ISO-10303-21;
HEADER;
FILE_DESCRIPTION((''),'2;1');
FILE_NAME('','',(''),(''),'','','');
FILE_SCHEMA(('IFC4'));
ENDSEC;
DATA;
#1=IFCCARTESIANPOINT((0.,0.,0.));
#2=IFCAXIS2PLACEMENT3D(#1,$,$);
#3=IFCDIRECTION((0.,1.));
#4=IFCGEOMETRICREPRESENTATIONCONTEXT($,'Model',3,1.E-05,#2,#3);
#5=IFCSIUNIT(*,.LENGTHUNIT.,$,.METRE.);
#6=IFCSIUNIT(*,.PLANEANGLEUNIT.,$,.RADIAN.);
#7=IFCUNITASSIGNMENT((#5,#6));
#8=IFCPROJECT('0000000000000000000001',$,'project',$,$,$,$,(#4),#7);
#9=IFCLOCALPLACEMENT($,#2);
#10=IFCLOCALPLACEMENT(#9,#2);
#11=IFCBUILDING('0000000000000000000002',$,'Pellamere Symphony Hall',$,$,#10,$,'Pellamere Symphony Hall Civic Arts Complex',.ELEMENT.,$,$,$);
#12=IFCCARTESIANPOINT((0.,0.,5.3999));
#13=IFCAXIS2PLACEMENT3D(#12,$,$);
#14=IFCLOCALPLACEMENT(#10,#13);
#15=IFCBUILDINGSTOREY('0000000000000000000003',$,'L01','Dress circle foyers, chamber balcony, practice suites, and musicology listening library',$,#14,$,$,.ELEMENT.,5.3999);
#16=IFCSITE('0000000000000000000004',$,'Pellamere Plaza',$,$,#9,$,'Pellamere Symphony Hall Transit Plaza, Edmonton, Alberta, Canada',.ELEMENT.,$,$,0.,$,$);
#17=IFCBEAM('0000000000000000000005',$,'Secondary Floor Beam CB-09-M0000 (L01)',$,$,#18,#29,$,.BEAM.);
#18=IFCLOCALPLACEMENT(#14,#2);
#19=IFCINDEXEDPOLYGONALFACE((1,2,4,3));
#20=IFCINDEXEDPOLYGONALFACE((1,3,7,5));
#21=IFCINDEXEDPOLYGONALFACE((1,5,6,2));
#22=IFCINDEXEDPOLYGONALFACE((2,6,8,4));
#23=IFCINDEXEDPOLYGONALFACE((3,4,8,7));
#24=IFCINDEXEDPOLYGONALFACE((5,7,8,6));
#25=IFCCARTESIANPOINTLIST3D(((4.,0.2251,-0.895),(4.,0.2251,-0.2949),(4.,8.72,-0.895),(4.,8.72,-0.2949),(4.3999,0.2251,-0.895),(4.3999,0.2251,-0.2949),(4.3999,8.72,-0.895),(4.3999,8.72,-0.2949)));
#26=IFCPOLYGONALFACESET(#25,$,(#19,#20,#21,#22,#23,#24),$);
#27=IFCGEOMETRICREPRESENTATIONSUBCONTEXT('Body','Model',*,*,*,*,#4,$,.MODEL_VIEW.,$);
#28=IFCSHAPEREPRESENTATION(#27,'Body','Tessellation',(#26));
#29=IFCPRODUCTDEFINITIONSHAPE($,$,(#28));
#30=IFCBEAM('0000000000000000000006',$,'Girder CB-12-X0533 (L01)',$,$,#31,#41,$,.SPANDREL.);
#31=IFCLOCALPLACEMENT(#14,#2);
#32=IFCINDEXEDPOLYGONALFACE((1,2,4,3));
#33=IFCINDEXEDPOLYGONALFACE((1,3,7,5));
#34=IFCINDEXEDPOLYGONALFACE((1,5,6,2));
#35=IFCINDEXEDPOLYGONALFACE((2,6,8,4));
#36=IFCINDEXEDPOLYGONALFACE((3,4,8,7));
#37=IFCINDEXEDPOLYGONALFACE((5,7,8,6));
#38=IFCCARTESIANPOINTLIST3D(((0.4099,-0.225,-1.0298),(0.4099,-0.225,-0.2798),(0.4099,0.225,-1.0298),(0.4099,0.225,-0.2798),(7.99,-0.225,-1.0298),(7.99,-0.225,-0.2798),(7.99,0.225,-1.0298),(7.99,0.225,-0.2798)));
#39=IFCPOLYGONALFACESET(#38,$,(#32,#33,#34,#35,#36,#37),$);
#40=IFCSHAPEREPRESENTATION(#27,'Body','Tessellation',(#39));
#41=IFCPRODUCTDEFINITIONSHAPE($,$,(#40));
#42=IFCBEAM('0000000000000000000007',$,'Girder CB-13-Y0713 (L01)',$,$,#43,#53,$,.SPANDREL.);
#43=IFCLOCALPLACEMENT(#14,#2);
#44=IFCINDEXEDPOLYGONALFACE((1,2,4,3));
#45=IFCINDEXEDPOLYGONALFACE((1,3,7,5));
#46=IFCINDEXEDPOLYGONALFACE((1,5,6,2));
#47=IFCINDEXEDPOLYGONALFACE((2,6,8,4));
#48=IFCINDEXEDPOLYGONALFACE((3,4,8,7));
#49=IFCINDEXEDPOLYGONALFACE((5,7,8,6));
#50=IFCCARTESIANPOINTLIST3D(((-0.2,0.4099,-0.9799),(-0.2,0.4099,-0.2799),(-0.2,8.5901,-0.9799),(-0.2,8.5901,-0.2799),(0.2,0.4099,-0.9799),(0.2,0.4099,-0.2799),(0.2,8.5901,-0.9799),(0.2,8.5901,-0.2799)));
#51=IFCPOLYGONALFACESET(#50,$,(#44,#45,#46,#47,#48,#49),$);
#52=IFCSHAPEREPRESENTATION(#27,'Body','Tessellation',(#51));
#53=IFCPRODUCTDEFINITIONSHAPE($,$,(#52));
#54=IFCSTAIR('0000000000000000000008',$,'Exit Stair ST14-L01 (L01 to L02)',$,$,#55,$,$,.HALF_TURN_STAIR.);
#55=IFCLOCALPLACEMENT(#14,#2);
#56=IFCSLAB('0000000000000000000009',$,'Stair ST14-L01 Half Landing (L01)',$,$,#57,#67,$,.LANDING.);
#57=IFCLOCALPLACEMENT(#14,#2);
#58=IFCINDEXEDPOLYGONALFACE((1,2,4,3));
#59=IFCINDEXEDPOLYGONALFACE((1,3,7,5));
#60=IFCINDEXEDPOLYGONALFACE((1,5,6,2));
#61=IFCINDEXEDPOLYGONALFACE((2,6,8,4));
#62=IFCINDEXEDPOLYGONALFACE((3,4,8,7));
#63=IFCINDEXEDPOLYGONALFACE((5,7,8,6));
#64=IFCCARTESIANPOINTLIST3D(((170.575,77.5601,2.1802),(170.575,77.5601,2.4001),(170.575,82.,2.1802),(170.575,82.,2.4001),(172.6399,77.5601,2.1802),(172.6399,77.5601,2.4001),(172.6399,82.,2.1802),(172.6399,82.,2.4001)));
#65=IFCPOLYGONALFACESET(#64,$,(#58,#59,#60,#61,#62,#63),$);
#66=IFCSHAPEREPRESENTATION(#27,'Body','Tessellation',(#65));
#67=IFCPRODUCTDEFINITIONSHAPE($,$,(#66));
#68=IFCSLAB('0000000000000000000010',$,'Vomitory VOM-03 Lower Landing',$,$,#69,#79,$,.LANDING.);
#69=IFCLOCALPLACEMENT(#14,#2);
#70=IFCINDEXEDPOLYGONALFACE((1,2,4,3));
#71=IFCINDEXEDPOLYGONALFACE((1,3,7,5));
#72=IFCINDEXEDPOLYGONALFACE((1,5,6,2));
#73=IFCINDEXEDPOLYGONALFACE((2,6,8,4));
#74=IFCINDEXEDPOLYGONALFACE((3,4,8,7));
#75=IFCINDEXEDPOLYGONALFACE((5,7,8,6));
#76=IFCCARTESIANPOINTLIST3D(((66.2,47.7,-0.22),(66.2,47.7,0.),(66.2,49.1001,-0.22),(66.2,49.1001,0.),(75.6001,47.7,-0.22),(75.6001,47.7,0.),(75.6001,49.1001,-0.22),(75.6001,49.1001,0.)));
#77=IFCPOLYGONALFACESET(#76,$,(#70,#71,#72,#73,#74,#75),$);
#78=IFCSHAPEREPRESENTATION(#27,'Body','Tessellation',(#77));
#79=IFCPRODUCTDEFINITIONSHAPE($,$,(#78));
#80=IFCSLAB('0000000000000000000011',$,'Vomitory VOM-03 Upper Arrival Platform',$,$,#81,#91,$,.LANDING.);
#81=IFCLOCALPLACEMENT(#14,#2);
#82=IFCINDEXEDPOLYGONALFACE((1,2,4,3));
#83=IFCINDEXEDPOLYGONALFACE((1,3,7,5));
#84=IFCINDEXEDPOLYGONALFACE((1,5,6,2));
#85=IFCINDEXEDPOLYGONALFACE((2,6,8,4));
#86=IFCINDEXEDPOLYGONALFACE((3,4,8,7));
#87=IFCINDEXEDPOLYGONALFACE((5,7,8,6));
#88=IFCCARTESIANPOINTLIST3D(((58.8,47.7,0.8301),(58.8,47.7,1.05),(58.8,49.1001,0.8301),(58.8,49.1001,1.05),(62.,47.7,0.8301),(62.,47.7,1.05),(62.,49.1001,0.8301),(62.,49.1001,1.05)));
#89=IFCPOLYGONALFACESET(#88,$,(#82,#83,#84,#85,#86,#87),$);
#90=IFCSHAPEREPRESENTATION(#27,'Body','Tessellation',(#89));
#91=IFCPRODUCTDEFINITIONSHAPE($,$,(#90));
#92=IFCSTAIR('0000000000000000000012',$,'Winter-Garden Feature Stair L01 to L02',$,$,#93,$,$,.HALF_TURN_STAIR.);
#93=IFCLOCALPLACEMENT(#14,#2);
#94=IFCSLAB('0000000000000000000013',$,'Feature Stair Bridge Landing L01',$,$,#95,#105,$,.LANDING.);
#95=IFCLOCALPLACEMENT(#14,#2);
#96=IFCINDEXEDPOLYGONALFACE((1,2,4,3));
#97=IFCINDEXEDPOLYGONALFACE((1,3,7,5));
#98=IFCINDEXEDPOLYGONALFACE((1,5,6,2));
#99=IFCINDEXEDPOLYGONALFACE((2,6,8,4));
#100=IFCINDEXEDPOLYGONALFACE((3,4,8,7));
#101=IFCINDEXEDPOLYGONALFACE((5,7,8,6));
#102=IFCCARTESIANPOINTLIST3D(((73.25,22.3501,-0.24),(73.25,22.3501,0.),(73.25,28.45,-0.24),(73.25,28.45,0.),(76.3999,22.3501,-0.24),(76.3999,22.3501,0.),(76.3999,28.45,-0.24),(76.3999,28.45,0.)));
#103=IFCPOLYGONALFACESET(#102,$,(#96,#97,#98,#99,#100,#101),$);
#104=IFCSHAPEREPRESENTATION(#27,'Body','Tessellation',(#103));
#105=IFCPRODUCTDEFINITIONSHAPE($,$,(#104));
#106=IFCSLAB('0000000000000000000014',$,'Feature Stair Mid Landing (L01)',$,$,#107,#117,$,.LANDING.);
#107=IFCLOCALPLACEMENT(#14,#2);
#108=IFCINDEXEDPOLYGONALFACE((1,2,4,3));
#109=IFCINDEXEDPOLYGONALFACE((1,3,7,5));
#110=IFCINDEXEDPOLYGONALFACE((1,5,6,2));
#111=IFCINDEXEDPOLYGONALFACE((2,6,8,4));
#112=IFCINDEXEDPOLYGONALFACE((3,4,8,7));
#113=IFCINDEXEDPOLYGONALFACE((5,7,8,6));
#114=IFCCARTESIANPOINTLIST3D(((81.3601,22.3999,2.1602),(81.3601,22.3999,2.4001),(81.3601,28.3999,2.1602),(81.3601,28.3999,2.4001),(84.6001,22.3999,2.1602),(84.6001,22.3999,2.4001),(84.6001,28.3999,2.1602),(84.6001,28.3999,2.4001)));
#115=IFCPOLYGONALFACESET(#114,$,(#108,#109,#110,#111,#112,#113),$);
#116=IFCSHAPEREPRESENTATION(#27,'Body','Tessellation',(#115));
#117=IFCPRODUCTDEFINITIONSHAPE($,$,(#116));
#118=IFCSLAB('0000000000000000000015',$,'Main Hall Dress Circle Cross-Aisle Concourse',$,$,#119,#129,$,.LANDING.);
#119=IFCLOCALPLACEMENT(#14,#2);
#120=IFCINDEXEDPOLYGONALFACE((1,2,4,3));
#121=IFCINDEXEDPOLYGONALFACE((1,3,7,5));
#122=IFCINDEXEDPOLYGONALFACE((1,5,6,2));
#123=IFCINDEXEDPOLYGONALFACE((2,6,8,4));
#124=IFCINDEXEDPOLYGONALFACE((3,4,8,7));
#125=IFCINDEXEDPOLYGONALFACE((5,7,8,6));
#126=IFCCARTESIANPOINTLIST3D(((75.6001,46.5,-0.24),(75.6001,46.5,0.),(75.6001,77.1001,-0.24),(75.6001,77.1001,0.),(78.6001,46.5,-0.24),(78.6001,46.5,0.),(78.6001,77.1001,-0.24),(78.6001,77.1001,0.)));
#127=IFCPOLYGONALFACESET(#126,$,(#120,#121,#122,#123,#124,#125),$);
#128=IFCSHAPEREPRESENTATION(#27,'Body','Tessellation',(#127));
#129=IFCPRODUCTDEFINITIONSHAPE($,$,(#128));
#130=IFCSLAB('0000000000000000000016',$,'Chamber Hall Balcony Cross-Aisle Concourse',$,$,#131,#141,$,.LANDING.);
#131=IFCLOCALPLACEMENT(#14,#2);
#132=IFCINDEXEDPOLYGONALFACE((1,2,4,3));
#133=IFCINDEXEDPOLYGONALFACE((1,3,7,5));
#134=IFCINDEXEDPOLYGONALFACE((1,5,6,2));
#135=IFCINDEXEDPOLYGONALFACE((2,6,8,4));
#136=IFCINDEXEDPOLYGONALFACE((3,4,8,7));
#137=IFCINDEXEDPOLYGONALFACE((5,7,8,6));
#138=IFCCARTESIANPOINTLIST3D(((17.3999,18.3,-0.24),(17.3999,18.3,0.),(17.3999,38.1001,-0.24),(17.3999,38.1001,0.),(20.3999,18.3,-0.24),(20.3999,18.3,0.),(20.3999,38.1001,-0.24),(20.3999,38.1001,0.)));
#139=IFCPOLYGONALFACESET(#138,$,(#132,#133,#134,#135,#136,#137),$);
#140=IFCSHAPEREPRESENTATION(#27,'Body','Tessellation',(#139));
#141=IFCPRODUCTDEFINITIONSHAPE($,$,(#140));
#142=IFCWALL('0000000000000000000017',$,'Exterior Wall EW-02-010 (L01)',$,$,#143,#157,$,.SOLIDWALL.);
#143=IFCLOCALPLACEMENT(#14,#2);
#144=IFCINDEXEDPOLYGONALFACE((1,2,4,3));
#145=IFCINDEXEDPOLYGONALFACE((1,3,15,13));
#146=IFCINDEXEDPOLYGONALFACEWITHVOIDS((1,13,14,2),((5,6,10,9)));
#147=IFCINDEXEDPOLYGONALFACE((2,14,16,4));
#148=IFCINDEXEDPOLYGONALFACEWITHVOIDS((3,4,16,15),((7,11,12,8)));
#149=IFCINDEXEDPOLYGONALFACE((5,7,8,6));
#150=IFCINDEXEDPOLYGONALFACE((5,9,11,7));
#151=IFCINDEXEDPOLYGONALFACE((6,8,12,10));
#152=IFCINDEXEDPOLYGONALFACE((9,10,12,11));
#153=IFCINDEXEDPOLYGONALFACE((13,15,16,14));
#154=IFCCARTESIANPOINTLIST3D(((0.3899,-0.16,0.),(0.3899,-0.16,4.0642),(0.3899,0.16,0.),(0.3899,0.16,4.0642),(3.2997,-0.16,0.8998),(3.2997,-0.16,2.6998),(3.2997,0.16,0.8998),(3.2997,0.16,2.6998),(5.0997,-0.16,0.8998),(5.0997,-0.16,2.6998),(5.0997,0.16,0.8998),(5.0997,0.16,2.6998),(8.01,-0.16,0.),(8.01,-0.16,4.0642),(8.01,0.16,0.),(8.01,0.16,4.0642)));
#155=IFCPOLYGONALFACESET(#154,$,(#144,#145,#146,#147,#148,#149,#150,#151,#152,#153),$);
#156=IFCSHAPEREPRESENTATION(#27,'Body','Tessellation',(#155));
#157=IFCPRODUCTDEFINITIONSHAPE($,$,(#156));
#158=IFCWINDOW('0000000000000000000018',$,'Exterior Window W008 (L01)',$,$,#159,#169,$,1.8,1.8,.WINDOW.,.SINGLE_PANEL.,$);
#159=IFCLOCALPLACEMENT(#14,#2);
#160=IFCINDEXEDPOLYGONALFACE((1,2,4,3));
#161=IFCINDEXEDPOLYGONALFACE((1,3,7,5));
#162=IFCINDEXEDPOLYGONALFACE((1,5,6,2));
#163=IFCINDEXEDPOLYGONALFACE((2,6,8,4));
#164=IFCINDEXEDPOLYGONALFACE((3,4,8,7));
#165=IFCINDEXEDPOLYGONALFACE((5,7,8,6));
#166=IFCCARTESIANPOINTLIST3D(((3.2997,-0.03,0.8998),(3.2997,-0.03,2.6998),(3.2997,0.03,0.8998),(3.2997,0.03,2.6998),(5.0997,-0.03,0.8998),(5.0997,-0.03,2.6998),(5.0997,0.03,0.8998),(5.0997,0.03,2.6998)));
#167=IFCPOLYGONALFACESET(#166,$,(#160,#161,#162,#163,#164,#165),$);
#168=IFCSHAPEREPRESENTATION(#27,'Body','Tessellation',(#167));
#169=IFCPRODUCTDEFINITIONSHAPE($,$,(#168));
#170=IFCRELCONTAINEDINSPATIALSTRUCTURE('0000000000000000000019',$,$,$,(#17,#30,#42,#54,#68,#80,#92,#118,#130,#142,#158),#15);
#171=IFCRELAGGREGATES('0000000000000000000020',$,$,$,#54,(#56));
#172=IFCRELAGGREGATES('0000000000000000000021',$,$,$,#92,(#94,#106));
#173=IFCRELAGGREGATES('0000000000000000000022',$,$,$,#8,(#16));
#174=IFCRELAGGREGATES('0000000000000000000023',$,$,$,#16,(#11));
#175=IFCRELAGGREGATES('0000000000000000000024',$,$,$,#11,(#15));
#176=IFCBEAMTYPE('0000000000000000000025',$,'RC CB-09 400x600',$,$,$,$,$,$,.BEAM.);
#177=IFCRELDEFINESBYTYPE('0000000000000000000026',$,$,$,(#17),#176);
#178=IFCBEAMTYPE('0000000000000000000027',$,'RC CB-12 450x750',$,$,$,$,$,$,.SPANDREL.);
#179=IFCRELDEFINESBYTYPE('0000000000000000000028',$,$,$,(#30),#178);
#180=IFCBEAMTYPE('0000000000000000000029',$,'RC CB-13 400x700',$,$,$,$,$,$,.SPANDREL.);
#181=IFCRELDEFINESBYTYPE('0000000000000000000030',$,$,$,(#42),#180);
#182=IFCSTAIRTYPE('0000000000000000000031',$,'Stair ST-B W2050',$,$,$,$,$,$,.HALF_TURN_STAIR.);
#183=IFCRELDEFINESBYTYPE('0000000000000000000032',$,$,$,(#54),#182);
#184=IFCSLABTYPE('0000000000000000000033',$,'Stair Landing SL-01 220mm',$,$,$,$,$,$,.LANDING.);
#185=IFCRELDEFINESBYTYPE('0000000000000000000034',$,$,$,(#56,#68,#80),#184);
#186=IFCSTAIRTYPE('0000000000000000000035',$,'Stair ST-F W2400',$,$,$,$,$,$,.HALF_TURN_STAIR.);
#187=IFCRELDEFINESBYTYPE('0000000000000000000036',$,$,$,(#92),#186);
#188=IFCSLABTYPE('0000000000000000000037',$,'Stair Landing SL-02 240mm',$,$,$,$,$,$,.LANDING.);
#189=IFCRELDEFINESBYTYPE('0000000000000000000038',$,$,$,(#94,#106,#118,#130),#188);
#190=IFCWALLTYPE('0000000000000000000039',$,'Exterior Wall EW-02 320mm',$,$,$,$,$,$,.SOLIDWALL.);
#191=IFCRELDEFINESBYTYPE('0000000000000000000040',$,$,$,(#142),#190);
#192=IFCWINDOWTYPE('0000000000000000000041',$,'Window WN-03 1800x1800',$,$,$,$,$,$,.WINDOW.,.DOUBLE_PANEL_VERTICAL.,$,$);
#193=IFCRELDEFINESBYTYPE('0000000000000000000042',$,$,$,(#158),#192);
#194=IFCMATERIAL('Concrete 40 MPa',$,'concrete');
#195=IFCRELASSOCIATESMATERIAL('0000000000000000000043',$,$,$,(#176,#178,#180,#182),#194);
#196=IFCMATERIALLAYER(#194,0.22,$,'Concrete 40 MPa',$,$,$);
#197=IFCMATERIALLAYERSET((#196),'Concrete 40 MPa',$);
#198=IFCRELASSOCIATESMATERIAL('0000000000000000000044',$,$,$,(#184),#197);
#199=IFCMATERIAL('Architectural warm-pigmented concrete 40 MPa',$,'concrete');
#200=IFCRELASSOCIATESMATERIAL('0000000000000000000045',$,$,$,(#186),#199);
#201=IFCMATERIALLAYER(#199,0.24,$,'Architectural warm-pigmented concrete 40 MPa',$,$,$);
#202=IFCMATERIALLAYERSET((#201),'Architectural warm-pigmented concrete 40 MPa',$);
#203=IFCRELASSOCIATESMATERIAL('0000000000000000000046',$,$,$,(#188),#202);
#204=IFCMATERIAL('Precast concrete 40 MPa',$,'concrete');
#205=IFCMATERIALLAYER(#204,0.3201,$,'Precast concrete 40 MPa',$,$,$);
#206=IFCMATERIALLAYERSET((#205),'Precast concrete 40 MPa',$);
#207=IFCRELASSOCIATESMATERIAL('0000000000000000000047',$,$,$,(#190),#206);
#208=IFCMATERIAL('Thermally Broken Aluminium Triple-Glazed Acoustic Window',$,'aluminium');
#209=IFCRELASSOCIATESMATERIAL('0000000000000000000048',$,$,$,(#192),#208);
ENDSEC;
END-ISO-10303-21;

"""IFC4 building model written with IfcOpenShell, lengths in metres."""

from ifc_helpers import new_model, si_unit, direction, frame, frame_2d, origin, origin_2d, place, context, subcontext, project, spatial, polyline, rectangle, outline, extrude, material, layer, layer_set, material_profile, profile_set, type_object, element, fill, aggregate, save


model = new_model("IFC4")

# Units and contexts
model_context = context("Model", 3, precision=1e-05, world=origin(), true_north=direction((0.0, 1.0)))
body_context = subcontext(model_context, "Body", "Model", "MODEL_VIEW")
ifc_project = project(units=[si_unit("LENGTHUNIT", "METRE"), si_unit("PLANEANGLEUNIT", "RADIAN")], contexts=[model_context])

# Site, building, storey
site_placement = place(None, origin())
site = spatial("IfcSite", under=ifc_project, at=site_placement, Name="Pellamere Plaza", LongName="Pellamere Symphony Hall Transit Plaza, Edmonton, Alberta, Canada", CompositionType="ELEMENT", RefElevation=0.0)
building_placement = place(site_placement, origin())
building = spatial("IfcBuilding", under=site, at=building_placement, Name="Pellamere Symphony Hall", LongName="Pellamere Symphony Hall Civic Arts Complex", CompositionType="ELEMENT")
storey_placement = place(building_placement, frame((0.0, 0.0, 5.3999)))
storey = spatial("IfcBuildingStorey", under=building, at=storey_placement, Name="L01", Description="Dress circle foyers, chamber balcony, practice suites, and musicology listening library", CompositionType="ELEMENT", Elevation=5.3999)

# Beams
ifc_material_1 = material(Name="Concrete 40 MPa", Category="concrete")
ifc_material_profile_1 = material_profile(ifc_material_1, rectangle(XDim=0.3999, YDim=0.6001, at=origin_2d()), Name="RC 400x600")
ifc_profile_set_1 = profile_set([ifc_material_profile_1], Name="Concrete 40 MPa")
beam_type_1 = type_object("IfcBeamType", Name="RC CB-09 400x600", PredefinedType="BEAM", material=ifc_profile_set_1)
beam_1_placement = place(storey_placement, frame((4.2, 0.2251, -0.595), z_axis=(0.0, 1.0, 0.0), x_axis=(-1.0, 0.0, 0.0)))
element("IfcBeam", 1, at=beam_1_placement, inside=storey, type_object=beam_type_1, Name="Secondary Floor Beam CB-09-M0000 (L01)", PredefinedType="BEAM", context=body_context, shape_type="SweptSolid", body=[
    extrude(rectangle(XDim=0.3999, YDim=0.6001, at=origin_2d()), origin(), (0.0, 0.0, 1.0), 8.4949),
])
ifc_material_profile_2 = material_profile(ifc_material_1, rectangle(XDim=0.45, YDim=0.75, at=origin_2d()), Name="RC 450x750")
ifc_profile_set_2 = profile_set([ifc_material_profile_2], Name="Concrete 40 MPa")
beam_type_2 = type_object("IfcBeamType", Name="RC CB-12 450x750", PredefinedType="SPANDREL", material=ifc_profile_set_2)
beam_2_placement = place(storey_placement, frame((0.4099, 0.0, -0.6548), z_axis=(1.0, 0.0, 0.0), x_axis=(0.0, 1.0, 0.0)))
element("IfcBeam", 2, at=beam_2_placement, inside=storey, type_object=beam_type_2, Name="Girder CB-12-X0533 (L01)", PredefinedType="SPANDREL", context=body_context, shape_type="SweptSolid", body=[
    extrude(rectangle(XDim=0.45, YDim=0.75, at=origin_2d()), origin(), (0.0, 0.0, 1.0), 7.5801),
])
ifc_material_profile_3 = material_profile(ifc_material_1, rectangle(XDim=0.3999, YDim=0.7, at=origin_2d()), Name="RC 400x700")
ifc_profile_set_3 = profile_set([ifc_material_profile_3], Name="Concrete 40 MPa")
beam_type_3 = type_object("IfcBeamType", Name="RC CB-13 400x700", PredefinedType="SPANDREL", material=ifc_profile_set_3)
beam_3_placement = place(storey_placement, frame((0.0, 0.4099, -0.6299), z_axis=(0.0, 1.0, 0.0), x_axis=(-1.0, 0.0, 0.0)))
element("IfcBeam", 3, at=beam_3_placement, inside=storey, type_object=beam_type_3, Name="Girder CB-13-Y0713 (L01)", PredefinedType="SPANDREL", context=body_context, shape_type="SweptSolid", body=[
    extrude(rectangle(XDim=0.3999, YDim=0.7, at=origin_2d()), origin(), (0.0, 0.0, 1.0), 8.1802),
])

# Stair, slab
stair_type_1 = type_object("IfcStairType", Name="Stair ST-B W2050", PredefinedType="HALF_TURN_STAIR", material=ifc_material_1)
stair_1_placement = place(storey_placement, origin())
stair_1 = element("IfcStair", 4, at=stair_1_placement, inside=storey, type_object=stair_type_1, Name="Exit Stair ST14-L01 (L01 to L02)", PredefinedType="HALF_TURN_STAIR")
ifc_layer_1 = layer(ifc_material_1, 0.22, Name="Concrete 40 MPa")
ifc_layer_set_1 = layer_set([ifc_layer_1], Name="Concrete 40 MPa")
slab_type_1 = type_object("IfcSlabType", Name="Stair Landing SL-01 220mm", PredefinedType="LANDING", material=ifc_layer_set_1)
slab_1_placement = place(storey_placement, frame((0.0, 0.0, 2.1802)))
slab_1 = element("IfcSlab", 5, at=slab_1_placement, type_object=slab_type_1, Name="Stair ST14-L01 Half Landing (L01)", PredefinedType="LANDING", context=body_context, shape_type="SweptSolid", body=[
    extrude(outline(polyline([(170.575, 77.5601), (172.6399, 77.5601), (172.6399, 82.0), (170.575, 82.0), (170.575, 77.5601)])), origin(), (0.0, 0.0, 1.0), 0.22),
])
aggregate(stair_1, [slab_1])

# Slabs
slab_2_placement = place(storey_placement, frame((0.0, 0.0, -0.22)))
element("IfcSlab", 6, at=slab_2_placement, inside=storey, type_object=slab_type_1, Name="Vomitory VOM-03 Lower Landing", PredefinedType="LANDING", context=body_context, shape_type="SweptSolid", body=[
    extrude(outline(polyline([(66.2, 47.7), (75.6001, 47.7), (75.6001, 49.1001), (66.2, 49.1001), (66.2, 47.7)])), origin(), (0.0, 0.0, 1.0), 0.22),
])
slab_3_placement = place(storey_placement, frame((0.0, 0.0, 0.8301)))
element("IfcSlab", 7, at=slab_3_placement, inside=storey, type_object=slab_type_1, Name="Vomitory VOM-03 Upper Arrival Platform", PredefinedType="LANDING", context=body_context, shape_type="SweptSolid", body=[
    extrude(outline(polyline([(58.8, 47.7), (62.0, 47.7), (62.0, 49.1001), (58.8, 49.1001), (58.8, 47.7)])), origin(), (0.0, 0.0, 1.0), 0.22),
])

# Stair, slabs
ifc_material_2 = material(Name="Architectural warm-pigmented concrete 40 MPa", Category="concrete")
stair_type_2 = type_object("IfcStairType", Name="Stair ST-F W2400", PredefinedType="HALF_TURN_STAIR", material=ifc_material_2)
stair_2_placement = place(storey_placement, origin())
stair_2 = element("IfcStair", 8, at=stair_2_placement, inside=storey, type_object=stair_type_2, Name="Winter-Garden Feature Stair L01 to L02", PredefinedType="HALF_TURN_STAIR")
ifc_layer_2 = layer(ifc_material_2, 0.24, Name="Architectural warm-pigmented concrete 40 MPa")
ifc_layer_set_2 = layer_set([ifc_layer_2], Name="Architectural warm-pigmented concrete 40 MPa")
slab_type_2 = type_object("IfcSlabType", Name="Stair Landing SL-02 240mm", PredefinedType="LANDING", material=ifc_layer_set_2)
slab_4_placement = place(storey_placement, frame((0.0, 0.0, -0.24)))
slab_4 = element("IfcSlab", 9, at=slab_4_placement, type_object=slab_type_2, Name="Feature Stair Bridge Landing L01", PredefinedType="LANDING", context=body_context, shape_type="SweptSolid", body=[
    extrude(outline(polyline([(73.25, 22.3501), (76.3999, 22.3501), (76.3999, 28.45), (73.25, 28.45), (73.25, 22.3501)])), origin(), (0.0, 0.0, 1.0), 0.24),
])
slab_5_placement = place(storey_placement, frame((0.0, 0.0, 2.1602)))
slab_5 = element("IfcSlab", 10, at=slab_5_placement, type_object=slab_type_2, Name="Feature Stair Mid Landing (L01)", PredefinedType="LANDING", context=body_context, shape_type="SweptSolid", body=[
    extrude(outline(polyline([(81.3601, 22.3999), (84.6001, 22.3999), (84.6001, 28.3999), (81.3601, 28.3999), (81.3601, 22.3999)])), origin(), (0.0, 0.0, 1.0), 0.24),
])
aggregate(stair_2, [slab_4, slab_5])

# Slabs
slab_6_placement = place(storey_placement, frame((0.0, 0.0, -0.24)))
element("IfcSlab", 11, at=slab_6_placement, inside=storey, type_object=slab_type_2, Name="Main Hall Dress Circle Cross-Aisle Concourse", PredefinedType="LANDING", context=body_context, shape_type="SweptSolid", body=[
    extrude(outline(polyline([(75.6001, 46.5), (78.6001, 46.5), (78.6001, 77.1001), (75.6001, 77.1001), (75.6001, 46.5)])), origin(), (0.0, 0.0, 1.0), 0.24),
])
slab_7_placement = place(storey_placement, frame((0.0, 0.0, -0.24)))
element("IfcSlab", 12, at=slab_7_placement, inside=storey, type_object=slab_type_2, Name="Chamber Hall Balcony Cross-Aisle Concourse", PredefinedType="LANDING", context=body_context, shape_type="SweptSolid", body=[
    extrude(outline(polyline([(17.3999, 18.3), (20.3999, 18.3), (20.3999, 38.1001), (17.3999, 38.1001), (17.3999, 18.3)])), origin(), (0.0, 0.0, 1.0), 0.24),
])

# Wall, opening, window
ifc_material_3 = material(Name="Precast concrete 40 MPa", Category="concrete")
ifc_layer_3 = layer(ifc_material_3, 0.3201, Name="Precast concrete 40 MPa")
ifc_layer_set_3 = layer_set([ifc_layer_3], Name="Precast concrete 40 MPa")
wall_type = type_object("IfcWallType", Name="Exterior Wall EW-02 320mm", PredefinedType="SOLIDWALL", material=ifc_layer_set_3)
wall_1_placement = place(storey_placement, frame((0.3899, 0.0, 0.0), z_axis=(0.0, 0.0, 1.0), x_axis=(1.0, 0.0, 0.0)))
wall_1 = element("IfcWall", 13, at=wall_1_placement, inside=storey, type_object=wall_type, Name="Exterior Wall EW-02-010 (L01)", PredefinedType="SOLIDWALL", context=body_context, shape_type="SweptSolid", body=[
    extrude(rectangle(XDim=7.6201, YDim=0.3201, at=frame_2d((3.8101, 0.0))), origin(), (0.0, 0.0, 1.0), 4.0642),
])
opening_1_placement = place(wall_1_placement, frame((2.9099, 0.0, 0.8999)))
opening_1 = element("IfcOpeningElement", 14, at=opening_1_placement, cuts=wall_1, PredefinedType="OPENING", context=body_context, shape_type="SweptSolid", body=[
    extrude(rectangle(XDim=1.8, YDim=1.8, at=frame_2d((0.8999, 0.8999))), frame((0.0, 0.1699, 0.0), z_axis=(0.0, -1.0, 0.0), x_axis=(1.0, 0.0, 0.0)), (0.0, 0.0, 1.0), 0.3401),
])
ifc_material_4 = material(Name="Thermally Broken Aluminium Triple-Glazed Acoustic Window", Category="aluminium")
window_type_1 = type_object("IfcWindowType", Name="Window WN-03 1800x1800", PartitioningType="DOUBLE_PANEL_VERTICAL", PredefinedType="WINDOW", material=ifc_material_4)
window_1_placement = place(opening_1_placement, origin())
window_1 = element("IfcWindow", 15, at=window_1_placement, inside=storey, type_object=window_type_1, Name="Exterior Window W008 (L01)", OverallHeight=1.8, OverallWidth=1.8, PartitioningType="SINGLE_PANEL", PredefinedType="WINDOW", context=body_context, shape_type="SweptSolid", body=[
    extrude(rectangle(XDim=1.8, YDim=1.8, at=frame_2d((0.8999, 0.8999))), frame((0.0, 0.03, 0.0), z_axis=(0.0, -1.0, 0.0), x_axis=(1.0, 0.0, 0.0)), (0.0, 0.0, 1.0), 0.0601),
])
fill(opening_1, window_1)

save(model, "model.ifc")
